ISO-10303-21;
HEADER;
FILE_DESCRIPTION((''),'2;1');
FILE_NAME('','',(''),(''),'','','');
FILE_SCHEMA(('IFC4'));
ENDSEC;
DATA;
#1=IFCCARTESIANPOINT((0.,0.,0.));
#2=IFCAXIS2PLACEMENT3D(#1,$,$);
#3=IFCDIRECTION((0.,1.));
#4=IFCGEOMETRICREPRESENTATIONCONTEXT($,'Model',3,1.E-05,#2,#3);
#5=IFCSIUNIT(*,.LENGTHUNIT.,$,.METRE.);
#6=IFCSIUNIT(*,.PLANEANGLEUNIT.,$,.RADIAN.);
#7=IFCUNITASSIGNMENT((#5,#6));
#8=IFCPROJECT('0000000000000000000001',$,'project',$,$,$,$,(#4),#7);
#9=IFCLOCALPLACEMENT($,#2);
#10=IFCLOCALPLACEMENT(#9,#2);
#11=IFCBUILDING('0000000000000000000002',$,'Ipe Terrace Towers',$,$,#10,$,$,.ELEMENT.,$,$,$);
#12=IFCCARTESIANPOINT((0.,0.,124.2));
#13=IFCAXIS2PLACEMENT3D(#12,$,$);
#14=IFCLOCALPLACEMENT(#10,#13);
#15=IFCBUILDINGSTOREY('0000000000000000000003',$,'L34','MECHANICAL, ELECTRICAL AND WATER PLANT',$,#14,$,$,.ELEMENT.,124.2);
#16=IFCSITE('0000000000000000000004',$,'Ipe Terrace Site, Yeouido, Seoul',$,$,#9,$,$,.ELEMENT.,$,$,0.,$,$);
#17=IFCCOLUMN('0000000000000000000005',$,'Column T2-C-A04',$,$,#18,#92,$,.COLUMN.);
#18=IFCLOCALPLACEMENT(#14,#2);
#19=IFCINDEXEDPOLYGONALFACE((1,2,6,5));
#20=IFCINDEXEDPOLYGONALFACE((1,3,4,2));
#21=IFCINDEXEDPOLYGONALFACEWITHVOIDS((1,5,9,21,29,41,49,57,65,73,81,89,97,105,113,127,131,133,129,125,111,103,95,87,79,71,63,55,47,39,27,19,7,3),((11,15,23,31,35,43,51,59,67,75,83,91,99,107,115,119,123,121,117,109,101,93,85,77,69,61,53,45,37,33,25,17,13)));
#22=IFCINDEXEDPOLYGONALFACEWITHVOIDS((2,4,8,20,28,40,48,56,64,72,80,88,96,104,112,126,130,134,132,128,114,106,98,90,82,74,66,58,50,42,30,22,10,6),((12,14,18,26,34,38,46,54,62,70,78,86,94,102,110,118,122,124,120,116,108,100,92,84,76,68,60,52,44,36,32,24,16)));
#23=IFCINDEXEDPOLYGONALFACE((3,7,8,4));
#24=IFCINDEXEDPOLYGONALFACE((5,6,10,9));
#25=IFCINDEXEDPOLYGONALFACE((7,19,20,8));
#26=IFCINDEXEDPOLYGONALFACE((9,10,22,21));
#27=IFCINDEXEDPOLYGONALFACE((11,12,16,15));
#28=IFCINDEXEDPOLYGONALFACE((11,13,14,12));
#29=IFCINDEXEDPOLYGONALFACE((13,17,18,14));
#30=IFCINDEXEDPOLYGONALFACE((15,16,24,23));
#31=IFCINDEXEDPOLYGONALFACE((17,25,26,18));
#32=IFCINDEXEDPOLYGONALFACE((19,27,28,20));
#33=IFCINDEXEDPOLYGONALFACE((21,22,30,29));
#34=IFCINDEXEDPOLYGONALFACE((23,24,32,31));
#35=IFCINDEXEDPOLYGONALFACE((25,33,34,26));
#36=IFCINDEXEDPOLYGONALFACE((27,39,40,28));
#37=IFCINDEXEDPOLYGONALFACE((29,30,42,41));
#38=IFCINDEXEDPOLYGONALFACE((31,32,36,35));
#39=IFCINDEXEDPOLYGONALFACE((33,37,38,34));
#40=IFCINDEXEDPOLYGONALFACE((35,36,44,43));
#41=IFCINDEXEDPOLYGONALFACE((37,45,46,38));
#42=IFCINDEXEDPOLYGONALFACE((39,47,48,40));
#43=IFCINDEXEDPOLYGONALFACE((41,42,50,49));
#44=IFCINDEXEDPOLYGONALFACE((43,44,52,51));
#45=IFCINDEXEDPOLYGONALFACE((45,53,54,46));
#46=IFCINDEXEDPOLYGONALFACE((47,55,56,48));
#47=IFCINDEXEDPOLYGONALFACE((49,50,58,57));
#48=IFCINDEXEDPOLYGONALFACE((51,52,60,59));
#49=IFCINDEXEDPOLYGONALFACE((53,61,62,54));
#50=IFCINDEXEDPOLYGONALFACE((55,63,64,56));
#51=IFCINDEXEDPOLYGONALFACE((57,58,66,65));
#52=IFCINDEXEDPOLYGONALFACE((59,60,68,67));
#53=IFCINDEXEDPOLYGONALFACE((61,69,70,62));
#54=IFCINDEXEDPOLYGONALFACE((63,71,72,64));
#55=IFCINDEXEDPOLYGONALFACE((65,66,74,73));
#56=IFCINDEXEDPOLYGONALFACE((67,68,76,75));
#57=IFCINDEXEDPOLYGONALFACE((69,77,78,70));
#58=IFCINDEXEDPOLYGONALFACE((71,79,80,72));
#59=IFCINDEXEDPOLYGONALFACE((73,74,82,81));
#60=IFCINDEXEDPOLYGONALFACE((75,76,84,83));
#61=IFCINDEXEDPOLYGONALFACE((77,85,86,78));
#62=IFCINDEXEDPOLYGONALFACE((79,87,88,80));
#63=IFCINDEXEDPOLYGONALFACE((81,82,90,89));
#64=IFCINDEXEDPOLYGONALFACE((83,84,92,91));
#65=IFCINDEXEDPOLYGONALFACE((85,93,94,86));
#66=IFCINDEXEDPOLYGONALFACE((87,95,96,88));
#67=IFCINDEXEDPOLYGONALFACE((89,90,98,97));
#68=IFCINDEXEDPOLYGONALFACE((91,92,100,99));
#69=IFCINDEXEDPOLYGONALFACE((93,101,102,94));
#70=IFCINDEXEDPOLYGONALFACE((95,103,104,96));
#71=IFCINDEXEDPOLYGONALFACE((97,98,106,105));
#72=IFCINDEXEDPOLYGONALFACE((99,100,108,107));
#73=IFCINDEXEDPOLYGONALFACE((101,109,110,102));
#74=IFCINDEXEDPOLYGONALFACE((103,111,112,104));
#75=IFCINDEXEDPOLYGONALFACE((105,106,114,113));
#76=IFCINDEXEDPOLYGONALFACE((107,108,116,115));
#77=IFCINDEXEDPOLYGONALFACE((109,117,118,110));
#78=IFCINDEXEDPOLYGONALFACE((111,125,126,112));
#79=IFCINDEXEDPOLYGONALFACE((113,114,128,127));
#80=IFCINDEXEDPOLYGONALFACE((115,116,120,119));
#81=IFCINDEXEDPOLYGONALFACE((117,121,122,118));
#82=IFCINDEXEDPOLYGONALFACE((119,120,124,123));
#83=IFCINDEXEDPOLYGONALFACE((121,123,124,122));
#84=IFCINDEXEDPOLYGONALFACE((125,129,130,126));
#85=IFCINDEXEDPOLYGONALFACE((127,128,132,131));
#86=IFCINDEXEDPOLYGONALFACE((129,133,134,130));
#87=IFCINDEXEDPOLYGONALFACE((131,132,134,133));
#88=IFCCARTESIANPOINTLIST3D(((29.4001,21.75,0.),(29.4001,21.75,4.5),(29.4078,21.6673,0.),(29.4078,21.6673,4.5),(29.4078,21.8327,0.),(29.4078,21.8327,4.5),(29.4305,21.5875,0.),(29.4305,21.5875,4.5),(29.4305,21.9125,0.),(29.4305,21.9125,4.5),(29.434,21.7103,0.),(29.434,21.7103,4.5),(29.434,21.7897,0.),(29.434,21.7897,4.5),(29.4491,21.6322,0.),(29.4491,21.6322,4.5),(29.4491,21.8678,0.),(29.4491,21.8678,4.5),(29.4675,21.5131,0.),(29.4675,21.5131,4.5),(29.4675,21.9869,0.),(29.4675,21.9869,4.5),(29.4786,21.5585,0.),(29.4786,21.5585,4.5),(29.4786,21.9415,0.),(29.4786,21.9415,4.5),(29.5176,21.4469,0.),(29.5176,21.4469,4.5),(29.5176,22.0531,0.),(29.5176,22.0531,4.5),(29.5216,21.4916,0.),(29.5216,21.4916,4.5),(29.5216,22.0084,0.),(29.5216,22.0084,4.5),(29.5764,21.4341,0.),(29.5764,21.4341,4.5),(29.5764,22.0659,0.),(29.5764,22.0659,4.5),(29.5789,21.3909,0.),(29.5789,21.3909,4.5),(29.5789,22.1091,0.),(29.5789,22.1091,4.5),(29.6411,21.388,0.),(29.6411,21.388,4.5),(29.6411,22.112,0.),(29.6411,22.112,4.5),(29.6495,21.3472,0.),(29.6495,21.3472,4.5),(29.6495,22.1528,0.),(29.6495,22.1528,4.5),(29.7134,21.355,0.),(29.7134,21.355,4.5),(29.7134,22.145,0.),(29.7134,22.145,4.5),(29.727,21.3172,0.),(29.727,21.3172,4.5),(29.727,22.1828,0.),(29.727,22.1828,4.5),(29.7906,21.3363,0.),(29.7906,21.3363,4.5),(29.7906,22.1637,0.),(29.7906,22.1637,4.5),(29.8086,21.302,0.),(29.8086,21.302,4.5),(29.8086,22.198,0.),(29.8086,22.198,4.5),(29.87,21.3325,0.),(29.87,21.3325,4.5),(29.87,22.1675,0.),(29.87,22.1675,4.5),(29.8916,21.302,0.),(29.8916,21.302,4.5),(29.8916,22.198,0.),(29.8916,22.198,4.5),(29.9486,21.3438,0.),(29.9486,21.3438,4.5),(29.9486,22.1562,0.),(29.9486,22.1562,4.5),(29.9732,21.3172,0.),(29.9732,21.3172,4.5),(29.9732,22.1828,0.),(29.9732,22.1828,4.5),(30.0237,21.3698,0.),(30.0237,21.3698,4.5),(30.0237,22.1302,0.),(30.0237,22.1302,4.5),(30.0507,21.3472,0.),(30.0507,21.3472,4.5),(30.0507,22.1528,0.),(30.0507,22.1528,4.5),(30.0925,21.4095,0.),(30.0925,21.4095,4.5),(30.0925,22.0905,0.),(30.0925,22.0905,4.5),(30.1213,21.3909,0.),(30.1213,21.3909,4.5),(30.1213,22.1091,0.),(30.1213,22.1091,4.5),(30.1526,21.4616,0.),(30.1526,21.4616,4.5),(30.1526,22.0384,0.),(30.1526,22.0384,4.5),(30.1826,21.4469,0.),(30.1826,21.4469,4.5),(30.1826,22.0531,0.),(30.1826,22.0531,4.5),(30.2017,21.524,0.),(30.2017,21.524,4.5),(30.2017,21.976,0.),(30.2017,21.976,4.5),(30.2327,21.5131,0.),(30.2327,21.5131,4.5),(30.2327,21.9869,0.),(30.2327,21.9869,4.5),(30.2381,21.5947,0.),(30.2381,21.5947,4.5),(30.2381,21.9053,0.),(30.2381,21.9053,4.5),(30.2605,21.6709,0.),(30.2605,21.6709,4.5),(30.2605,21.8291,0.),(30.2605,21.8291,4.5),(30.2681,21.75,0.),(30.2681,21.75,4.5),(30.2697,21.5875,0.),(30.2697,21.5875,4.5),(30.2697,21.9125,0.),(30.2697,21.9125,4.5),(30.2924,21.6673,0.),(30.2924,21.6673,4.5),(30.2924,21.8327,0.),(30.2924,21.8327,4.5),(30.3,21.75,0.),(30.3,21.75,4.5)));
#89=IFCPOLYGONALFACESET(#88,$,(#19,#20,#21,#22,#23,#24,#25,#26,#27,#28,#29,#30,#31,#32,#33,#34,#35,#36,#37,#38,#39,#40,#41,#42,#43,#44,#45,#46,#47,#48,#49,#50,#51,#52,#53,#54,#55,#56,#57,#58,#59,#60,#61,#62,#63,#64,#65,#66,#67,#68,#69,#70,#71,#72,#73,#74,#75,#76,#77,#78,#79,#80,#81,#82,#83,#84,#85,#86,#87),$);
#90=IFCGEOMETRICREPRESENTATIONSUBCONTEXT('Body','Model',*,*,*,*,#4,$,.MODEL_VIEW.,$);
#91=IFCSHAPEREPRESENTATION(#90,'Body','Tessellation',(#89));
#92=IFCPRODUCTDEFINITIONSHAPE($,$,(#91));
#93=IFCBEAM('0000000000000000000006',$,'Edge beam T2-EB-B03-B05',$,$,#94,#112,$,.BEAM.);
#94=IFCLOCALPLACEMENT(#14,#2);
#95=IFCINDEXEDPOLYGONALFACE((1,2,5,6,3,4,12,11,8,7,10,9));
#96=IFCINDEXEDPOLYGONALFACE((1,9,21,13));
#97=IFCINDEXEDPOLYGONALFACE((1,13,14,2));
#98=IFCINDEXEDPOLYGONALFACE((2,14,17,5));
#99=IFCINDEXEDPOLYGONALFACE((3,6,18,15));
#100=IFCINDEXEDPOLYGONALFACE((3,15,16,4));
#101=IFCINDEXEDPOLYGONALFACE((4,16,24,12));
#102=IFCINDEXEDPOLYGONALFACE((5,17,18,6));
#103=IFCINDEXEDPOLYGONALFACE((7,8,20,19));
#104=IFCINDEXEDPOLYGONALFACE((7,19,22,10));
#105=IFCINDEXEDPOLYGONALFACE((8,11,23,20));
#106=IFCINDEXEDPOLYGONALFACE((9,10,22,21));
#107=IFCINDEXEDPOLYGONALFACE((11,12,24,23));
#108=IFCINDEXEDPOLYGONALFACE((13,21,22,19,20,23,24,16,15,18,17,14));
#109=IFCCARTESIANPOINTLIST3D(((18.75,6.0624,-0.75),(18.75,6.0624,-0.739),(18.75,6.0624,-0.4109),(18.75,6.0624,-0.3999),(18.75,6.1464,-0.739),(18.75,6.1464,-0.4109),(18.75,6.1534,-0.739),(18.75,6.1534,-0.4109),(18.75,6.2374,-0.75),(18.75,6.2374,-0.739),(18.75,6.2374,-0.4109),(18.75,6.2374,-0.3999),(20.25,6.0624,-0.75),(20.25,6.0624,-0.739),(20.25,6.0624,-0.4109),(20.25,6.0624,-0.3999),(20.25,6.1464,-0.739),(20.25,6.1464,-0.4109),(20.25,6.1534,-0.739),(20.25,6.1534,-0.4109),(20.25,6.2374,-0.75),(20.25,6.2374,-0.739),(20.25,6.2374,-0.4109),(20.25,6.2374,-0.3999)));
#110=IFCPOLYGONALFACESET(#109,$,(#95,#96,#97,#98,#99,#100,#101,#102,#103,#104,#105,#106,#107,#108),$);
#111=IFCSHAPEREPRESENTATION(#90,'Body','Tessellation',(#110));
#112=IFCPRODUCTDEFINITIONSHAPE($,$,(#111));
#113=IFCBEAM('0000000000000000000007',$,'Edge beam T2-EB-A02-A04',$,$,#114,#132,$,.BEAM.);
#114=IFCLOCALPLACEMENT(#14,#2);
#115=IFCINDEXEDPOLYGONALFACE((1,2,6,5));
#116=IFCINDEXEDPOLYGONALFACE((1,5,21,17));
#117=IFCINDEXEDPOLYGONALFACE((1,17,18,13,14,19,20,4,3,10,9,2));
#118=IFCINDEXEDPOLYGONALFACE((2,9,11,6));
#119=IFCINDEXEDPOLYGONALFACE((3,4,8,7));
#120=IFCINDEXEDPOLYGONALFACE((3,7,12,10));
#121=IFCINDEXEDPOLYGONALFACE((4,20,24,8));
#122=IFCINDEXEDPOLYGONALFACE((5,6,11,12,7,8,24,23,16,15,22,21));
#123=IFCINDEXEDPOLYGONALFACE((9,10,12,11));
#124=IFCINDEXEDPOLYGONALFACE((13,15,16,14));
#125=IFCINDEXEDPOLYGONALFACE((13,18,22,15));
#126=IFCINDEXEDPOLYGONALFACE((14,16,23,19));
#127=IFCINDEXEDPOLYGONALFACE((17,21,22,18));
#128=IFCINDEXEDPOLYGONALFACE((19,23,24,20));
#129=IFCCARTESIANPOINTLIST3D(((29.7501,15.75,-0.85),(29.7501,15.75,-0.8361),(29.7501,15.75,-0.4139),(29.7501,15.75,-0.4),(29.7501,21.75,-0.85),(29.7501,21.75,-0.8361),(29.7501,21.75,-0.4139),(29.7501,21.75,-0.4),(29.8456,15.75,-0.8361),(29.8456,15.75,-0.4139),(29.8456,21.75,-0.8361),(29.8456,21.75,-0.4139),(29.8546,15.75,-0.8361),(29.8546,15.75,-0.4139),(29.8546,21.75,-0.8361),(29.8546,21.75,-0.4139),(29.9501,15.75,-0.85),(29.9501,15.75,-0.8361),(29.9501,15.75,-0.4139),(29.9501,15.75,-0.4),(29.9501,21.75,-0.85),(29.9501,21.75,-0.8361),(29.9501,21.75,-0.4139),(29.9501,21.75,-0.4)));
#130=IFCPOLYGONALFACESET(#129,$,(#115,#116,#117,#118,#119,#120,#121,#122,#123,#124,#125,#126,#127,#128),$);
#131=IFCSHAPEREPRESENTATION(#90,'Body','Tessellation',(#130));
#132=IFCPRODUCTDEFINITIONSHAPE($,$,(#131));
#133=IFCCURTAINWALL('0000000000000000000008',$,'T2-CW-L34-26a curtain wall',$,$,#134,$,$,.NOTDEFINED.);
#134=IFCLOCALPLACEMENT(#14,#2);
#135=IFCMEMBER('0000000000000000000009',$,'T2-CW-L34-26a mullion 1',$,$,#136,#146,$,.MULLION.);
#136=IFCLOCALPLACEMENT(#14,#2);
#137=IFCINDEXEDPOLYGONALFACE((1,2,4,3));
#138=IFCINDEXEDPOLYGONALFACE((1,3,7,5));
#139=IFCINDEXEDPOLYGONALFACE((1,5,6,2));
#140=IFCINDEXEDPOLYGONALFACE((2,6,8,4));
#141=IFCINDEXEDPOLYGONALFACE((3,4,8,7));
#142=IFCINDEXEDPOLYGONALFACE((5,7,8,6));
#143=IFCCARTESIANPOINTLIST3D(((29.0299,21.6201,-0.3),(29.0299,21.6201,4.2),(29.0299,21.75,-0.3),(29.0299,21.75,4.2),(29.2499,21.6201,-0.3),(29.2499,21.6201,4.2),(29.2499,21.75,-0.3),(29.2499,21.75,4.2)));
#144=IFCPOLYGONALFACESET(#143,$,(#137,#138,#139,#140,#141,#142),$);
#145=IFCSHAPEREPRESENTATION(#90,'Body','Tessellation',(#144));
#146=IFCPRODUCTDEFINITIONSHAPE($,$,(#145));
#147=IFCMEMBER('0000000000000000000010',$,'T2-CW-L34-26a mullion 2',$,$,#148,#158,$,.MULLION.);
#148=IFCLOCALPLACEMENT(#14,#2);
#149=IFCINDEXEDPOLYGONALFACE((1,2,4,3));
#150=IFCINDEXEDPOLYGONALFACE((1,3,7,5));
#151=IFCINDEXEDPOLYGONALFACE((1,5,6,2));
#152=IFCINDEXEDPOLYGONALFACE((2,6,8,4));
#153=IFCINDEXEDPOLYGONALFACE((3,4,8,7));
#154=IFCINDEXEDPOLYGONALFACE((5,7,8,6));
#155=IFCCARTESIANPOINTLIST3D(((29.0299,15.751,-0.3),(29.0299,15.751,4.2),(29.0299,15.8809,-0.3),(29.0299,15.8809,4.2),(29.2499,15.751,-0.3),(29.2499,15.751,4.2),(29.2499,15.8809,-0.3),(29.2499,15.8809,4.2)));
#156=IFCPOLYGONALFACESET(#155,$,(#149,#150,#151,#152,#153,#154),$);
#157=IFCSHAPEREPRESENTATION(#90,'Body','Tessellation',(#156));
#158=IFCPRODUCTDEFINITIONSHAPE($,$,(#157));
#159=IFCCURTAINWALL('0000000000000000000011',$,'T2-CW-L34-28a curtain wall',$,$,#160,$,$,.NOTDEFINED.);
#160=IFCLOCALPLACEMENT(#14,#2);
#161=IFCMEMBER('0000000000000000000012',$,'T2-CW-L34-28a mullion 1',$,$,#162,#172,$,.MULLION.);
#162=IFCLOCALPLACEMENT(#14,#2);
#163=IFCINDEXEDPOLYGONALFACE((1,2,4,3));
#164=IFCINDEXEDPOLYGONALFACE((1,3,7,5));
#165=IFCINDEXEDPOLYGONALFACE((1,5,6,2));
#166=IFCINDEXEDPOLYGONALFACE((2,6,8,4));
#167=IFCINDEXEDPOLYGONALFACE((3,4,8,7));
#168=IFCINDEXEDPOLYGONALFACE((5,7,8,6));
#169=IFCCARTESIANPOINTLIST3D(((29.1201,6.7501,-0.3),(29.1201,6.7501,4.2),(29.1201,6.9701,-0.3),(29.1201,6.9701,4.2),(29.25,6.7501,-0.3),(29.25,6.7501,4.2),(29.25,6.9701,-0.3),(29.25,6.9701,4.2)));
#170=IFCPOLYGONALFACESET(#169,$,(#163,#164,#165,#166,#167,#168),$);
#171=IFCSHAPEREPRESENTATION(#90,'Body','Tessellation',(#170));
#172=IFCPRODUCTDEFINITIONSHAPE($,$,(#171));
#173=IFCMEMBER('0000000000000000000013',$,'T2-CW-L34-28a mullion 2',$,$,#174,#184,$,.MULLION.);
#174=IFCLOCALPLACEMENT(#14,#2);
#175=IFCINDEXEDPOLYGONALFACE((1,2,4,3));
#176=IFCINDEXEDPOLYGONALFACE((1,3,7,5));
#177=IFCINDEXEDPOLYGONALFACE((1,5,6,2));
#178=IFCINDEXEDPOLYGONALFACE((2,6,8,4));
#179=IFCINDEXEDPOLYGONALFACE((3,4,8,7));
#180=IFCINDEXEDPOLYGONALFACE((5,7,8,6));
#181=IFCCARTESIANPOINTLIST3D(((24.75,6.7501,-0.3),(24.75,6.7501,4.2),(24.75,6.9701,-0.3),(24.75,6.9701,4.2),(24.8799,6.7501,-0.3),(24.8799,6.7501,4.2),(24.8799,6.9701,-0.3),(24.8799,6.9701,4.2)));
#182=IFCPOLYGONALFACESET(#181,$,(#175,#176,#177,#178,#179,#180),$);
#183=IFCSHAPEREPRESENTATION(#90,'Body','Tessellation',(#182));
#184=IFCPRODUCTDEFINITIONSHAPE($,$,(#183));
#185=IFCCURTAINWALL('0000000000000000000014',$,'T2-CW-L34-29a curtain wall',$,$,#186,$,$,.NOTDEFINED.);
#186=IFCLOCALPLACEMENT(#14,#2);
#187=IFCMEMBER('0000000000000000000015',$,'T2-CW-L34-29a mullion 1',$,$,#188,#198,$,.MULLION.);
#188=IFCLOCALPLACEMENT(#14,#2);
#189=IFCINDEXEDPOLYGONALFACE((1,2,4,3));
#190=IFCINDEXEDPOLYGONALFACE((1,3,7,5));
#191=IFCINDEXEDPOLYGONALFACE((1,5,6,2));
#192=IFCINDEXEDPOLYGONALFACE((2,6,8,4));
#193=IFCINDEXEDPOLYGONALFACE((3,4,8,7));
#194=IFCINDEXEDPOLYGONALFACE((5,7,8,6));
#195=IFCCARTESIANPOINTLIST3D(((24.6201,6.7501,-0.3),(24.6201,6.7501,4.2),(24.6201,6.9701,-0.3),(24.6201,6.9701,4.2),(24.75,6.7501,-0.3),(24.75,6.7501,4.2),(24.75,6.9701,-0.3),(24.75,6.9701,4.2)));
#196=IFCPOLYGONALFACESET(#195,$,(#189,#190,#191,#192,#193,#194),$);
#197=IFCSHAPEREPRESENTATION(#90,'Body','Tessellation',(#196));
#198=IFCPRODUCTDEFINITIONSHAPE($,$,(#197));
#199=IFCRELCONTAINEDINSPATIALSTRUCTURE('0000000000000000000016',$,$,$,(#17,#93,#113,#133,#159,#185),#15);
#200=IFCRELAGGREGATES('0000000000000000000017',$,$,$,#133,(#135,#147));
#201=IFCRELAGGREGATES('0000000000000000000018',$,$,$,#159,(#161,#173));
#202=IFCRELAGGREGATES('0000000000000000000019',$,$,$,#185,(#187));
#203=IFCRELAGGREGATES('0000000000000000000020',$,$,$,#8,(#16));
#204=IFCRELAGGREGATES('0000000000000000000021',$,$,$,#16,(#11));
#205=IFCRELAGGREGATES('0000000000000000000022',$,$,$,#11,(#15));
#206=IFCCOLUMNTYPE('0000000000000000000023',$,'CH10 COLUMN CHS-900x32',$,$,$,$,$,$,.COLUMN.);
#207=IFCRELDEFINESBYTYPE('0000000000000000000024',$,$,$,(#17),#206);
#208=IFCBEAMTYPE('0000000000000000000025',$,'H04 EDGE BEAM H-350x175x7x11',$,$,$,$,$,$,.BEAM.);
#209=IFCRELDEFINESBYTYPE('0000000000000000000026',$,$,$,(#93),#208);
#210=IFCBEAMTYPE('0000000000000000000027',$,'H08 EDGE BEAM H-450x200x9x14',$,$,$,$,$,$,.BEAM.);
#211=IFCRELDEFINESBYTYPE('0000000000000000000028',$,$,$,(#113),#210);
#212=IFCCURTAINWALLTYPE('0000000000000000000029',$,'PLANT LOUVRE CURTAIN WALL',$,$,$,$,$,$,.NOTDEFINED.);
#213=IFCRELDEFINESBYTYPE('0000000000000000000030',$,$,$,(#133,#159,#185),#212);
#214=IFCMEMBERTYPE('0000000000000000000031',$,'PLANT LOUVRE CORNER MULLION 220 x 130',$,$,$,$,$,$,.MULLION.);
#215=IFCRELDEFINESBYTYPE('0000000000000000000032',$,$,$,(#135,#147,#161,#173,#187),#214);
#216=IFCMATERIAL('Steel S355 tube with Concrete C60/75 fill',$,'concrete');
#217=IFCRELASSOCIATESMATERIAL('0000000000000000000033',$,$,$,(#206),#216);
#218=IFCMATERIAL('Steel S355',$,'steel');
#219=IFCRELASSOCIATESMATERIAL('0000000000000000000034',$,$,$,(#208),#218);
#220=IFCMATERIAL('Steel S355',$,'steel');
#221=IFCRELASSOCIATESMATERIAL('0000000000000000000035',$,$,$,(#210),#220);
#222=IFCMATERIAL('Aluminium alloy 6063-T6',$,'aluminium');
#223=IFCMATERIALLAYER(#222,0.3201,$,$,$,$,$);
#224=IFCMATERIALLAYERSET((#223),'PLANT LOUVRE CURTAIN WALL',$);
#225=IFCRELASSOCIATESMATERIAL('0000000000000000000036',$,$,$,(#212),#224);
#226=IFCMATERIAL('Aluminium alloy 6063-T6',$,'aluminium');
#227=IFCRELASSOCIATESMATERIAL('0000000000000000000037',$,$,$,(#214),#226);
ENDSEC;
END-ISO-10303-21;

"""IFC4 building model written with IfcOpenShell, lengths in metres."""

from ifc_helpers import new_model, si_unit, direction, frame, origin, origin_2d, place, context, subcontext, project, spatial, rectangle, hollow_circle, i_section, extrude, material, layer, layer_set, material_profile, profile_set, type_object, element, aggregate, save


model = new_model("IFC4")

# Units and contexts
model_context = context("Model", 3, precision=1e-05, world=origin(), true_north=direction((0.0, 1.0)))
body_context = subcontext(model_context, "Body", "Model", "MODEL_VIEW")
ifc_project = project(units=[si_unit("LENGTHUNIT", "METRE"), si_unit("PLANEANGLEUNIT", "RADIAN")], contexts=[model_context])

# Site, building, storey
site_placement = place(None, origin())
site = spatial("IfcSite", under=ifc_project, at=site_placement, Name="Ipe Terrace Site, Yeouido, Seoul", CompositionType="ELEMENT", RefElevation=0.0)
building_placement = place(site_placement, origin())
building = spatial("IfcBuilding", under=site, at=building_placement, Name="Ipe Terrace Towers", CompositionType="ELEMENT")
storey_placement = place(building_placement, frame((0.0, 0.0, 124.2)))
storey = spatial("IfcBuildingStorey", under=building, at=storey_placement, Name="L34", Description="MECHANICAL, ELECTRICAL AND WATER PLANT", CompositionType="ELEMENT", Elevation=124.2)

# Column
ifc_material_1 = material(Name="Steel S355 tube with Concrete C60/75 fill", Category="concrete")
ifc_material_profile_1 = material_profile(ifc_material_1, hollow_circle(Radius=0.45, WallThickness=0.032, at=origin_2d()), Name="CHS-900x32")
ifc_profile_set_1 = profile_set([ifc_material_profile_1], Name="Steel S355 tube with Concrete C60/75 fill")
column_type_1 = type_object("IfcColumnType", Name="CH10 COLUMN CHS-900x32", PredefinedType="COLUMN", material=ifc_profile_set_1)
for number, where, z_axis, x_axis, name in (
    (1, (29.8501, 21.75, 0.0), (0.0, 0.0, 1.0), (1.0, 0.0, 0.0), "Column T2-C-A04"),
):
    element("IfcColumn", number, at=place(storey_placement, frame(where, z_axis=z_axis, x_axis=x_axis)), inside=storey, type_object=column_type_1, Name=name, PredefinedType="COLUMN", context=body_context, shape_type="SweptSolid", body=[
        extrude(hollow_circle(Radius=0.45, WallThickness=0.032, at=origin_2d()), origin(), (0.0, 0.0, 1.0), 4.5),
    ])

# Beams
ifc_material_2 = material(Name="Steel S355", Category="steel")
ifc_material_profile_2 = material_profile(ifc_material_2, i_section(OverallWidth=0.175, OverallDepth=0.3501, WebThickness=0.0071, FlangeThickness=0.011, at=origin_2d()), Name="H-350x175x7x11")
ifc_profile_set_2 = profile_set([ifc_material_profile_2], Name="Steel S355")
beam_type_1 = type_object("IfcBeamType", Name="H04 EDGE BEAM H-350x175x7x11", PredefinedType="BEAM", material=ifc_profile_set_2)
beam_1_placement = place(storey_placement, frame((20.25, 6.1499, -0.575), z_axis=(-1.0, 0.0, 0.0), x_axis=(0.0, -1.0, 0.0)))
element("IfcBeam", 2, at=beam_1_placement, inside=storey, type_object=beam_type_1, Name="Edge beam T2-EB-B03-B05", PredefinedType="BEAM", context=body_context, shape_type="SweptSolid", body=[
    extrude(i_section(OverallWidth=0.175, OverallDepth=0.3501, WebThickness=0.0071, FlangeThickness=0.011, at=origin_2d()), origin(), (0.0, 0.0, 1.0), 1.5),
])
ifc_material_3 = material(Name="Steel S355", Category="steel")
ifc_material_profile_3 = material_profile(ifc_material_3, i_section(OverallWidth=0.2, OverallDepth=0.45, WebThickness=0.009, FlangeThickness=0.0139, at=origin_2d()), Name="H-450x200x9x14")
ifc_profile_set_3 = profile_set([ifc_material_profile_3], Name="Steel S355")
beam_type_2 = type_object("IfcBeamType", Name="H08 EDGE BEAM H-450x200x9x14", PredefinedType="BEAM", material=ifc_profile_set_3)
beam_2_placement = place(storey_placement, frame((29.8501, 15.75, -0.625), z_axis=(0.0, 1.0, 0.0), x_axis=(-1.0, 0.0, 0.0)))
element("IfcBeam", 3, at=beam_2_placement, inside=storey, type_object=beam_type_2, Name="Edge beam T2-EB-A02-A04", PredefinedType="BEAM", context=body_context, shape_type="SweptSolid", body=[
    extrude(i_section(OverallWidth=0.2, OverallDepth=0.45, WebThickness=0.009, FlangeThickness=0.0139, at=origin_2d()), origin(), (0.0, 0.0, 1.0), 6.0),
])

# Curtain walls, members
ifc_material_4 = material(Name="Aluminium alloy 6063-T6", Category="aluminium")
ifc_layer_1 = layer(ifc_material_4, 0.3201)
ifc_layer_set_1 = layer_set([ifc_layer_1], Name="PLANT LOUVRE CURTAIN WALL")
curtain_wall_type = type_object("IfcCurtainWallType", Name="PLANT LOUVRE CURTAIN WALL", PredefinedType="NOTDEFINED", material=ifc_layer_set_1)
curtain_wall_1_placement = place(storey_placement, origin())
curtain_wall_1 = element("IfcCurtainWall", 4, at=curtain_wall_1_placement, inside=storey, type_object=curtain_wall_type, Name="T2-CW-L34-26a curtain wall", PredefinedType="NOTDEFINED")
ifc_material_5 = material(Name="Aluminium alloy 6063-T6", Category="aluminium")
ifc_material_profile_4 = material_profile(ifc_material_5, rectangle(XDim=0.22, YDim=0.1299, at=origin_2d()), Name="PLANT LOUVRE CORNER MULLION 220 x 130")
ifc_profile_set_4 = profile_set([ifc_material_profile_4], Name="Aluminium alloy 6063-T6")
member_type_1 = type_object("IfcMemberType", Name="PLANT LOUVRE CORNER MULLION 220 x 130", PredefinedType="MULLION", material=ifc_profile_set_4)
member_1_placement = place(storey_placement, frame((29.1399, 21.6851, -0.3), z_axis=(0.0, 0.0, 1.0), x_axis=(-1.0, 0.0, 0.0)))
member_1 = element("IfcMember", 5, at=member_1_placement, type_object=member_type_1, Name="T2-CW-L34-26a mullion 1", PredefinedType="MULLION", context=body_context, shape_type="SweptSolid", body=[
    extrude(rectangle(XDim=0.22, YDim=0.1299, at=origin_2d()), origin(), (0.0, 0.0, 1.0), 4.5),
])
member_2_placement = place(storey_placement, frame((29.1399, 15.8159, -0.3), z_axis=(0.0, 0.0, 1.0), x_axis=(-1.0, 0.0, 0.0)))
member_2 = element("IfcMember", 6, at=member_2_placement, type_object=member_type_1, Name="T2-CW-L34-26a mullion 2", PredefinedType="MULLION", context=body_context, shape_type="SweptSolid", body=[
    extrude(rectangle(XDim=0.22, YDim=0.1299, at=origin_2d()), origin(), (0.0, 0.0, 1.0), 4.5),
])
curtain_wall_2_placement = place(storey_placement, origin())
curtain_wall_2 = element("IfcCurtainWall", 7, at=curtain_wall_2_placement, inside=storey, type_object=curtain_wall_type, Name="T2-CW-L34-28a curtain wall", PredefinedType="NOTDEFINED")
member_3_placement = place(storey_placement, frame((29.1851, 6.8601, -0.3), z_axis=(0.0, 0.0, 1.0), x_axis=(0.0, 1.0, 0.0)))
member_3 = element("IfcMember", 8, at=member_3_placement, type_object=member_type_1, Name="T2-CW-L34-28a mullion 1", PredefinedType="MULLION", context=body_context, shape_type="SweptSolid", body=[
    extrude(rectangle(XDim=0.22, YDim=0.1299, at=origin_2d()), origin(), (0.0, 0.0, 1.0), 4.5),
])
member_4_placement = place(storey_placement, frame((24.8149, 6.8601, -0.3), z_axis=(0.0, 0.0, 1.0), x_axis=(0.0, 1.0, 0.0)))
member_4 = element("IfcMember", 9, at=member_4_placement, type_object=member_type_1, Name="T2-CW-L34-28a mullion 2", PredefinedType="MULLION", context=body_context, shape_type="SweptSolid", body=[
    extrude(rectangle(XDim=0.22, YDim=0.1299, at=origin_2d()), origin(), (0.0, 0.0, 1.0), 4.5),
])

# Curtain wall, member
curtain_wall_3_placement = place(storey_placement, origin())
curtain_wall_3 = element("IfcCurtainWall", 10, at=curtain_wall_3_placement, inside=storey, type_object=curtain_wall_type, Name="T2-CW-L34-29a curtain wall", PredefinedType="NOTDEFINED")
member_5_placement = place(storey_placement, frame((24.6851, 6.8601, -0.3), z_axis=(0.0, 0.0, 1.0), x_axis=(0.0, 1.0, 0.0)))
member_5 = element("IfcMember", 11, at=member_5_placement, type_object=member_type_1, Name="T2-CW-L34-29a mullion 1", PredefinedType="MULLION", context=body_context, shape_type="SweptSolid", body=[
    extrude(rectangle(XDim=0.22, YDim=0.1299, at=origin_2d()), origin(), (0.0, 0.0, 1.0), 4.5),
])

aggregate(curtain_wall_1, [member_1, member_2])
aggregate(curtain_wall_2, [member_3, member_4])
aggregate(curtain_wall_3, [member_5])

save(model, "model.ifc")
